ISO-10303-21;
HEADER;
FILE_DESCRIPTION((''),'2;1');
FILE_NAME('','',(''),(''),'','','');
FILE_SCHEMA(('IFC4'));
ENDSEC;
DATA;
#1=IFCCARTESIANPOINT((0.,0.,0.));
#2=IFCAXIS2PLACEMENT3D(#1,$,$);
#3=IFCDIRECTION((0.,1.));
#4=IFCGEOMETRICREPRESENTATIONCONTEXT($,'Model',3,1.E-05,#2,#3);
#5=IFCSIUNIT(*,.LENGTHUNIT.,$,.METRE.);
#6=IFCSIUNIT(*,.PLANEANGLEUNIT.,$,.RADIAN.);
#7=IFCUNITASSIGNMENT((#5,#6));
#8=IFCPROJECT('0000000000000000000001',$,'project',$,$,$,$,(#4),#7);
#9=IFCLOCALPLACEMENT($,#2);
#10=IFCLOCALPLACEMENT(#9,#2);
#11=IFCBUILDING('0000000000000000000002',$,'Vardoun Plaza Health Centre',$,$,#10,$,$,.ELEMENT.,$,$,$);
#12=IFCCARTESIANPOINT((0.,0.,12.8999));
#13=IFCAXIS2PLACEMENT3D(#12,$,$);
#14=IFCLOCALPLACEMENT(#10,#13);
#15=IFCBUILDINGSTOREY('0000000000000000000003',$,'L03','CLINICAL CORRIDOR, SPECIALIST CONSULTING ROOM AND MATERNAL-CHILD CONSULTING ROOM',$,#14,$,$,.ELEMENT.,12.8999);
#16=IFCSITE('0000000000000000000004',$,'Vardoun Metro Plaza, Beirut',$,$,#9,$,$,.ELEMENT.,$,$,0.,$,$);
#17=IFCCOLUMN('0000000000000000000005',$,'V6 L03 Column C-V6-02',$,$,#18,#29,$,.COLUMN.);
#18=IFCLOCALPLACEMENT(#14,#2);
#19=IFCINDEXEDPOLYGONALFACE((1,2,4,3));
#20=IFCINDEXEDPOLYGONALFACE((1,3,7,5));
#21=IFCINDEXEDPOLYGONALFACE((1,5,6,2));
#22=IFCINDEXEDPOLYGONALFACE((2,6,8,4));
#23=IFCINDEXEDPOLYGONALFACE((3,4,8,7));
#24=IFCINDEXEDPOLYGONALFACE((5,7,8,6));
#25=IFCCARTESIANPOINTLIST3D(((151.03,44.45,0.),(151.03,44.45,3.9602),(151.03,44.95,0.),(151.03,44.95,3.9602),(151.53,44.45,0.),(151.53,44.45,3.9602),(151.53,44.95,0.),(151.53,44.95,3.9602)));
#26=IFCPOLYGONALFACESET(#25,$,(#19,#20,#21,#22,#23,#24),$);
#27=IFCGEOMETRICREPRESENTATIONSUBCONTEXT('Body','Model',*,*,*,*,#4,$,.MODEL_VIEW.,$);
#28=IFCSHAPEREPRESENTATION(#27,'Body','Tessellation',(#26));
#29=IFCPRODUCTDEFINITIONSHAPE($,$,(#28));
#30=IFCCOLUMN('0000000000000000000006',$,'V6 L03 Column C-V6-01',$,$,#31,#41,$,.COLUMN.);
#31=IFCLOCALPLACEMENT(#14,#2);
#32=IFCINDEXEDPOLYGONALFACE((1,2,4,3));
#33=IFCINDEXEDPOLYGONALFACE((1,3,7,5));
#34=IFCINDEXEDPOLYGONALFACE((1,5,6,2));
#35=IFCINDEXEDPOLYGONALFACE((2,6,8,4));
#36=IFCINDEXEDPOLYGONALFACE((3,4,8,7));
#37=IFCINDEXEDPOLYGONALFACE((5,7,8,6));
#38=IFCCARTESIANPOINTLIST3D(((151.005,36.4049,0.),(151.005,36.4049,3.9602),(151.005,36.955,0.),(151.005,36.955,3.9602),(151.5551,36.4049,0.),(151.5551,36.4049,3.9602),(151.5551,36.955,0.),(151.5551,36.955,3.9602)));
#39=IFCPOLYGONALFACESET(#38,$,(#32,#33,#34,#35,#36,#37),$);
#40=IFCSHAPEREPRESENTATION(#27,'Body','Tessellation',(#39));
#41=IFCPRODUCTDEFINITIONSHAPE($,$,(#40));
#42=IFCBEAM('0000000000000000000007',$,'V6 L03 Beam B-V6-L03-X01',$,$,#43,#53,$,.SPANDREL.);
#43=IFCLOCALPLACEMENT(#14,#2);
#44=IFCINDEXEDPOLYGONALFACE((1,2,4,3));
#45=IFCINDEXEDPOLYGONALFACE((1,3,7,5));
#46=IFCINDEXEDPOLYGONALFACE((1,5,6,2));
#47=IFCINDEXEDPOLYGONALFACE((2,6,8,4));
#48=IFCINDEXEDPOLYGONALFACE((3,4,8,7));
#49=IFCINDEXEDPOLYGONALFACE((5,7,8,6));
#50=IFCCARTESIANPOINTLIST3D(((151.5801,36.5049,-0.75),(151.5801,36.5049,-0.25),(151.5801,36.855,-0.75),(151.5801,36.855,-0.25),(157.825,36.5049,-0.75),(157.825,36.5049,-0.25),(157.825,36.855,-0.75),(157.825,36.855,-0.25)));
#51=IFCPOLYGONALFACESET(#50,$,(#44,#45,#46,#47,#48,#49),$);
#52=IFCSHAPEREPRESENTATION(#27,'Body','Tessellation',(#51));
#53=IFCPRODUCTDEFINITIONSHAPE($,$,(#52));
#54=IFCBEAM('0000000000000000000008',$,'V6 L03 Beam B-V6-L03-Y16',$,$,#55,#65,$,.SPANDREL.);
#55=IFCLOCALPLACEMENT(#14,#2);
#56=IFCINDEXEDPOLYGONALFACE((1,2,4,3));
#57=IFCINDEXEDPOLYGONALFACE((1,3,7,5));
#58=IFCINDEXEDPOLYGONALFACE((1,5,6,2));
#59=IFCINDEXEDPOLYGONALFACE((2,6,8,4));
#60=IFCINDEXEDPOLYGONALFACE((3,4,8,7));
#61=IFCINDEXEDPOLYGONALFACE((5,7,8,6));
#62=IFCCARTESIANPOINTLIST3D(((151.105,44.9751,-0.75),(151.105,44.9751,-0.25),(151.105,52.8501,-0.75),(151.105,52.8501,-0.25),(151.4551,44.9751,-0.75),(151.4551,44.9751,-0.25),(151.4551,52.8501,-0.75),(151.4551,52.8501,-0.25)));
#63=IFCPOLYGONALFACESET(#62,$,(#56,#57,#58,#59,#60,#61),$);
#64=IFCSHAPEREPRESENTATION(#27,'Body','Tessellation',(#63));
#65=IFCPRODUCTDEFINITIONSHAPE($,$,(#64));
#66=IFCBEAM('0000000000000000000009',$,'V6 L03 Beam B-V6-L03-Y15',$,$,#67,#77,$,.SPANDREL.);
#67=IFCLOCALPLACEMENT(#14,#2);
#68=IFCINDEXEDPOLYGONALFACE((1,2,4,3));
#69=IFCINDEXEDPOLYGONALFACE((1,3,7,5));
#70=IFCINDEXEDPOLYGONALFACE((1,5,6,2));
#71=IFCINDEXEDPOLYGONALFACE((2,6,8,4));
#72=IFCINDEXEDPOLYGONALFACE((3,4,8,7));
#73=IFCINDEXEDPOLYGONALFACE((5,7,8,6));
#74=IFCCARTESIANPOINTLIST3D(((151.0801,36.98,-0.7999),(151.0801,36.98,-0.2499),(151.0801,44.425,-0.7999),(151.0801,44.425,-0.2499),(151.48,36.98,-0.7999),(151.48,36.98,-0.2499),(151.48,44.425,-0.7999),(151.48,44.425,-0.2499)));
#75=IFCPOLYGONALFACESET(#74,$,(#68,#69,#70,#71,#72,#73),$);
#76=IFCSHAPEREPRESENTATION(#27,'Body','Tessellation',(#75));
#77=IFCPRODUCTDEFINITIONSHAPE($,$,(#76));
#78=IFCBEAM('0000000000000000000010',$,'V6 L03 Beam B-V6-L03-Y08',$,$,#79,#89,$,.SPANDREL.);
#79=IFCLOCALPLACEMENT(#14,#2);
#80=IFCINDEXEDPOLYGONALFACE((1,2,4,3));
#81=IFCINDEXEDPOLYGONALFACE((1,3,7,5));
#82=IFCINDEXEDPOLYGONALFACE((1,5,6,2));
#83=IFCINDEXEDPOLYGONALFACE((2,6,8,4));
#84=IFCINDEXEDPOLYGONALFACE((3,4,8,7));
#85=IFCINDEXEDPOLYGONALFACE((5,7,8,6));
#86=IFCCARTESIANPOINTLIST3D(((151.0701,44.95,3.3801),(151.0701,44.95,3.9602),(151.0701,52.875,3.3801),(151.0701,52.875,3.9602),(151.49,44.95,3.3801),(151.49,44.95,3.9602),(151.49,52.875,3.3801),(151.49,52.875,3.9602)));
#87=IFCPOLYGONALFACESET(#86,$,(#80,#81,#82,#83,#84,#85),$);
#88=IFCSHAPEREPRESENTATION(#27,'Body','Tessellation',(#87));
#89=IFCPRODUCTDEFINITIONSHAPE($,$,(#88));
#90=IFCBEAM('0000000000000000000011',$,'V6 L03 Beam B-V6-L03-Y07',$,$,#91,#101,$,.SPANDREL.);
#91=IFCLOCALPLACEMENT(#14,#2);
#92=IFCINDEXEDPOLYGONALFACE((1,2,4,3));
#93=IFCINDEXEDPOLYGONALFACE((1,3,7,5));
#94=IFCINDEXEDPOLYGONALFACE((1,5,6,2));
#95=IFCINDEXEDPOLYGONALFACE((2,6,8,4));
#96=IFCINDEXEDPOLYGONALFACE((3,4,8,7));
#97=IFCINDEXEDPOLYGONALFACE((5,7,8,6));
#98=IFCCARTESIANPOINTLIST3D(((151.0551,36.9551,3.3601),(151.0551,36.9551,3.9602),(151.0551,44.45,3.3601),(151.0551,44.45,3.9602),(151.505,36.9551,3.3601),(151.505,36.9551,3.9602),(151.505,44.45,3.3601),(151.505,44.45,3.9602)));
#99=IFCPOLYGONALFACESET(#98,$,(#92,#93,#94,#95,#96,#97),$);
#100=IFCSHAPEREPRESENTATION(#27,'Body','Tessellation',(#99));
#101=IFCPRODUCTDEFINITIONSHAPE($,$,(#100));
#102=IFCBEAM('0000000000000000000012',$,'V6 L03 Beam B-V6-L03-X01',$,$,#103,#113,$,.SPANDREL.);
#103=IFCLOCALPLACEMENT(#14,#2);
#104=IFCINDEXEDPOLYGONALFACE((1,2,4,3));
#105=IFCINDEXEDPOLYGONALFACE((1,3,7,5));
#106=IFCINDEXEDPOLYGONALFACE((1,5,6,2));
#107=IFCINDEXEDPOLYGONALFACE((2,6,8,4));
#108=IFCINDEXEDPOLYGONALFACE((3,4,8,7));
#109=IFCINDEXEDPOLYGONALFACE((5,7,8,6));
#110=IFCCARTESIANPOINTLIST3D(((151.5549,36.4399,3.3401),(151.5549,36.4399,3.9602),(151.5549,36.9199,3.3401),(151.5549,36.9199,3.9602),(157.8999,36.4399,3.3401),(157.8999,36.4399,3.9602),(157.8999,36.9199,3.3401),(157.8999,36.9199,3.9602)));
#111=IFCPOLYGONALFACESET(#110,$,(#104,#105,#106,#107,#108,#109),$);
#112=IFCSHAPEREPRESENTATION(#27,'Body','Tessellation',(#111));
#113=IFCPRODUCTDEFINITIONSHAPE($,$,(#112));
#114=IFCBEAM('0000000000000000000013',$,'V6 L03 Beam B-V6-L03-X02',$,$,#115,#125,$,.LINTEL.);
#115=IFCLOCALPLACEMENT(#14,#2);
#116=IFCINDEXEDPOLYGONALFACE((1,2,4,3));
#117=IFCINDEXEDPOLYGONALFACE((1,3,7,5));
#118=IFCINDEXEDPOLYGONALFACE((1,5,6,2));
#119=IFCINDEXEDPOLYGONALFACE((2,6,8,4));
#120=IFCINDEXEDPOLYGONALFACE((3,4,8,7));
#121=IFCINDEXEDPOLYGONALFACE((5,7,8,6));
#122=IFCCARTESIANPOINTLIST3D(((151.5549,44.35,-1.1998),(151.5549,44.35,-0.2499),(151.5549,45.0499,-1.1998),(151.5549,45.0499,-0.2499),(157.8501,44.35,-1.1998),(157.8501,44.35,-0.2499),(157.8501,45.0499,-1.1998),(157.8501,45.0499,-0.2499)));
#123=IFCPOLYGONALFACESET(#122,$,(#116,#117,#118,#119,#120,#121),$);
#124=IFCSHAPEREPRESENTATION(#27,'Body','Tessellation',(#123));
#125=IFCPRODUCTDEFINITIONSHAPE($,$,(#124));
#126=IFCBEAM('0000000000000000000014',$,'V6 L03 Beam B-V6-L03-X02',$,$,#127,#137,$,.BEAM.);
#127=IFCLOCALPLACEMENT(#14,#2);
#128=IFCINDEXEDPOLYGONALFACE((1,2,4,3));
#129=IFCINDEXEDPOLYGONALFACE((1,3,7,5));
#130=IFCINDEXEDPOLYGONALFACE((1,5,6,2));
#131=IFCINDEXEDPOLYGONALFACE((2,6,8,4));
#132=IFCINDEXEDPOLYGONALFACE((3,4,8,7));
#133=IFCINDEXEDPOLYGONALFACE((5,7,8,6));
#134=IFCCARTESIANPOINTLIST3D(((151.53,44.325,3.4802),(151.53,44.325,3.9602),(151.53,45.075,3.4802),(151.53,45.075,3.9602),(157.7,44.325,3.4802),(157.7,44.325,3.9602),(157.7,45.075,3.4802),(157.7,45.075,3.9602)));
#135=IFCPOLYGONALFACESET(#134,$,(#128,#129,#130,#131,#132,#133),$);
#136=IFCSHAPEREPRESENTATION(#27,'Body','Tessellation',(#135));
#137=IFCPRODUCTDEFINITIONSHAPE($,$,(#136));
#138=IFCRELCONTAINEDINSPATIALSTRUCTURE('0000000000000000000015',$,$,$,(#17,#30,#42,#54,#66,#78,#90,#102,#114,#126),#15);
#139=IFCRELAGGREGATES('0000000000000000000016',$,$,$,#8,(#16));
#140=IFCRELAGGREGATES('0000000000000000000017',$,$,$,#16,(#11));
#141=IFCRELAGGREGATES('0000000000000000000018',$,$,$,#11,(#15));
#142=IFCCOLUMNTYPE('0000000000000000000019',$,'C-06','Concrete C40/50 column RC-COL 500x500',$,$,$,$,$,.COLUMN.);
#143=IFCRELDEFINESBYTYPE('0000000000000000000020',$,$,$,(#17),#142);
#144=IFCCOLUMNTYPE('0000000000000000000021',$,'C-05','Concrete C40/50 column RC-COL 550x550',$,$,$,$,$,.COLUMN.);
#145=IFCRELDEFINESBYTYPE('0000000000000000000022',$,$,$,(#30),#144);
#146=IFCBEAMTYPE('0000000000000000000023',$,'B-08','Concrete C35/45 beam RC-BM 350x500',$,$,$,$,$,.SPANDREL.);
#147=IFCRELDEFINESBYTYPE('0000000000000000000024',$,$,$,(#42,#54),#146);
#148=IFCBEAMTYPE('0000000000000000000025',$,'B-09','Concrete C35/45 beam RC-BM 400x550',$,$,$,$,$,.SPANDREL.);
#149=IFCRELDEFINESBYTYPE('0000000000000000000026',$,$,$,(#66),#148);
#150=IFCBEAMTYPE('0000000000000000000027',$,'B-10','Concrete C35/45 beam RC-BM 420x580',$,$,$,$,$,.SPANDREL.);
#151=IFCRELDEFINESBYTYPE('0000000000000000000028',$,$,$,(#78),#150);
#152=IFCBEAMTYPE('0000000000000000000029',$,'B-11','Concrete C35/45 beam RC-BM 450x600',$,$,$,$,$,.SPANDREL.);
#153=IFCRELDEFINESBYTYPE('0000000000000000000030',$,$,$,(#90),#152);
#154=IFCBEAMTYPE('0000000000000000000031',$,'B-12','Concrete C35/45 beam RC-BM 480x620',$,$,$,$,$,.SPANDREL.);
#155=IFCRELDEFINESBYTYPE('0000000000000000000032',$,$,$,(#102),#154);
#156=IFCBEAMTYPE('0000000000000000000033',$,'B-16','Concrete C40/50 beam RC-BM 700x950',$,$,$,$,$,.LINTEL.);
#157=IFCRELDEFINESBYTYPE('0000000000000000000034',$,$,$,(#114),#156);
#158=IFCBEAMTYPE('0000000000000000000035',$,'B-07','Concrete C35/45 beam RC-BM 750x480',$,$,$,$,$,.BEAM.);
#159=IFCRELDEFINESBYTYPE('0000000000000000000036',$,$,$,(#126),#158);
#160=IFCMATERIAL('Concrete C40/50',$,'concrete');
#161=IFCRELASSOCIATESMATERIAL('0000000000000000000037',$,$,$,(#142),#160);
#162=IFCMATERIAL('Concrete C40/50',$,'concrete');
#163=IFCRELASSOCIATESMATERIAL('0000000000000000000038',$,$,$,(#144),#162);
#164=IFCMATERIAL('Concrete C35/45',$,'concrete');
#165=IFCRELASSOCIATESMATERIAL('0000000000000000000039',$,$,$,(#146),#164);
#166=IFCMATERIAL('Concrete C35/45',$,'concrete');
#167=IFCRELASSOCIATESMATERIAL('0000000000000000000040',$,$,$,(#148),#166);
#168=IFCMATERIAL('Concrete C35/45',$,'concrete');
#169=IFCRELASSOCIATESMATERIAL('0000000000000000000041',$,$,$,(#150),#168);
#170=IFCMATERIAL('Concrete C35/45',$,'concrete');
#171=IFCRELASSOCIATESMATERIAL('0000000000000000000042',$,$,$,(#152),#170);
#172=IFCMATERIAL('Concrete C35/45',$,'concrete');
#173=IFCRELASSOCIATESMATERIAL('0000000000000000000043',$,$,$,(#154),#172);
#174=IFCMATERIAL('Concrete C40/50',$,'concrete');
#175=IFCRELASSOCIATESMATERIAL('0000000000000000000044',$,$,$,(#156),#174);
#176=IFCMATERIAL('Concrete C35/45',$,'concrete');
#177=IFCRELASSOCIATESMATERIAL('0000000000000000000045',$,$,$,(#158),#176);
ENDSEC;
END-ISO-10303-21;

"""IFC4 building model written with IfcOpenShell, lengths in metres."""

from ifc_helpers import new_model, si_unit, direction, frame, origin, origin_2d, place, context, subcontext, project, spatial, rectangle, extrude, material, material_profile, profile_set, type_object, element, save


model = new_model("IFC4")

# Units and contexts
model_context = context("Model", 3, precision=1e-05, world=origin(), true_north=direction((0.0, 1.0)))
body_context = subcontext(model_context, "Body", "Model", "MODEL_VIEW")
ifc_project = project(units=[si_unit("LENGTHUNIT", "METRE"), si_unit("PLANEANGLEUNIT", "RADIAN")], contexts=[model_context])

# Site, building, storey
site_placement = place(None, origin())
site = spatial("IfcSite", under=ifc_project, at=site_placement, Name="Vardoun Metro Plaza, Beirut", CompositionType="ELEMENT", RefElevation=0.0)
building_placement = place(site_placement, origin())
building = spatial("IfcBuilding", under=site, at=building_placement, Name="Vardoun Plaza Health Centre", CompositionType="ELEMENT")
storey_placement = place(building_placement, frame((0.0, 0.0, 12.8999)))
storey = spatial("IfcBuildingStorey", under=building, at=storey_placement, Name="L03", Description="CLINICAL CORRIDOR, SPECIALIST CONSULTING ROOM AND MATERNAL-CHILD CONSULTING ROOM", CompositionType="ELEMENT", Elevation=12.8999)

# Columns
ifc_material_1 = material(Name="Concrete C40/50", Category="concrete")
ifc_material_profile_1 = material_profile(ifc_material_1, rectangle(XDim=0.5, YDim=0.5, at=origin_2d()), Name="RC-COL 500x500")
ifc_profile_set_1 = profile_set([ifc_material_profile_1], Name="Concrete C40/50")
column_type_1 = type_object("IfcColumnType", Name="C-06", Description="Concrete C40/50 column RC-COL 500x500", PredefinedType="COLUMN", material=ifc_profile_set_1)
column_1_placement = place(storey_placement, frame((151.28, 44.7, 0.0), z_axis=(0.0, 0.0, 1.0), x_axis=(1.0, 0.0, 0.0)))
element("IfcColumn", 1, at=column_1_placement, inside=storey, type_object=column_type_1, Name="V6 L03 Column C-V6-02", PredefinedType="COLUMN", context=body_context, shape_type="SweptSolid", body=[
    extrude(rectangle(XDim=0.5, YDim=0.5, at=origin_2d()), origin(), (0.0, 0.0, 1.0), 3.9602),
])
ifc_material_2 = material(Name="Concrete C40/50", Category="concrete")
ifc_material_profile_2 = material_profile(ifc_material_2, rectangle(XDim=0.55, YDim=0.55, at=origin_2d()), Name="RC-COL 550x550")
ifc_profile_set_2 = profile_set([ifc_material_profile_2], Name="Concrete C40/50")
column_type_2 = type_object("IfcColumnType", Name="C-05", Description="Concrete C40/50 column RC-COL 550x550", PredefinedType="COLUMN", material=ifc_profile_set_2)
column_2_placement = place(storey_placement, frame((151.28, 36.6799, 0.0), z_axis=(0.0, 0.0, 1.0), x_axis=(1.0, 0.0, 0.0)))
element("IfcColumn", 2, at=column_2_placement, inside=storey, type_object=column_type_2, Name="V6 L03 Column C-V6-01", PredefinedType="COLUMN", context=body_context, shape_type="SweptSolid", body=[
    extrude(rectangle(XDim=0.55, YDim=0.55, at=origin_2d()), origin(), (0.0, 0.0, 1.0), 3.9602),
])

# Beams
ifc_material_3 = material(Name="Concrete C35/45", Category="concrete")
ifc_material_profile_3 = material_profile(ifc_material_3, rectangle(XDim=0.3501, YDim=0.5, at=origin_2d()), Name="RC-BM 350x500")
ifc_profile_set_3 = profile_set([ifc_material_profile_3], Name="Concrete C35/45")
beam_type_1 = type_object("IfcBeamType", Name="B-08", Description="Concrete C35/45 beam RC-BM 350x500", PredefinedType="SPANDREL", material=ifc_profile_set_3)
beam_1_placement = place(storey_placement, frame((151.5801, 36.6799, -0.5), z_axis=(1.0, 0.0, 0.0), x_axis=(0.0, 1.0, 0.0)))
element("IfcBeam", 3, at=beam_1_placement, inside=storey, type_object=beam_type_1, Name="V6 L03 Beam B-V6-L03-X01", PredefinedType="SPANDREL", context=body_context, shape_type="SweptSolid", body=[
    extrude(rectangle(XDim=0.3501, YDim=0.5, at=origin_2d()), origin(), (0.0, 0.0, 1.0), 6.2449),
])
beam_2_placement = place(storey_placement, frame((151.28, 44.9751, -0.5), z_axis=(0.0, 1.0, 0.0), x_axis=(-1.0, 0.0, 0.0)))
element("IfcBeam", 4, at=beam_2_placement, inside=storey, type_object=beam_type_1, Name="V6 L03 Beam B-V6-L03-Y16", PredefinedType="SPANDREL", context=body_context, shape_type="SweptSolid", body=[
    extrude(rectangle(XDim=0.3501, YDim=0.5, at=origin_2d()), origin(), (0.0, 0.0, 1.0), 7.875),
])
ifc_material_4 = material(Name="Concrete C35/45", Category="concrete")
ifc_material_profile_4 = material_profile(ifc_material_4, rectangle(XDim=0.3999, YDim=0.55, at=origin_2d()), Name="RC-BM 400x550")
ifc_profile_set_4 = profile_set([ifc_material_profile_4], Name="Concrete C35/45")
beam_type_2 = type_object("IfcBeamType", Name="B-09", Description="Concrete C35/45 beam RC-BM 400x550", PredefinedType="SPANDREL", material=ifc_profile_set_4)
beam_3_placement = place(storey_placement, frame((151.28, 36.98, -0.5249), z_axis=(0.0, 1.0, 0.0), x_axis=(-1.0, 0.0, 0.0)))
element("IfcBeam", 5, at=beam_3_placement, inside=storey, type_object=beam_type_2, Name="V6 L03 Beam B-V6-L03-Y15", PredefinedType="SPANDREL", context=body_context, shape_type="SweptSolid", body=[
    extrude(rectangle(XDim=0.3999, YDim=0.55, at=origin_2d()), origin(), (0.0, 0.0, 1.0), 7.4451),
])
ifc_material_5 = material(Name="Concrete C35/45", Category="concrete")
ifc_material_profile_5 = material_profile(ifc_material_5, rectangle(XDim=0.4199, YDim=0.5801, at=origin_2d()), Name="RC-BM 420x580")
ifc_profile_set_5 = profile_set([ifc_material_profile_5], Name="Concrete C35/45")
beam_type_3 = type_object("IfcBeamType", Name="B-10", Description="Concrete C35/45 beam RC-BM 420x580", PredefinedType="SPANDREL", material=ifc_profile_set_5)
beam_4_placement = place(storey_placement, frame((151.28, 44.95, 3.6702), z_axis=(0.0, 1.0, 0.0), x_axis=(-1.0, 0.0, 0.0)))
element("IfcBeam", 6, at=beam_4_placement, inside=storey, type_object=beam_type_3, Name="V6 L03 Beam B-V6-L03-Y08", PredefinedType="SPANDREL", context=body_context, shape_type="SweptSolid", body=[
    extrude(rectangle(XDim=0.4199, YDim=0.5801, at=origin_2d()), origin(), (0.0, 0.0, 1.0), 7.925),
])
ifc_material_6 = material(Name="Concrete C35/45", Category="concrete")
ifc_material_profile_6 = material_profile(ifc_material_6, rectangle(XDim=0.45, YDim=0.6001, at=origin_2d()), Name="RC-BM 450x600")
ifc_profile_set_6 = profile_set([ifc_material_profile_6], Name="Concrete C35/45")
beam_type_4 = type_object("IfcBeamType", Name="B-11", Description="Concrete C35/45 beam RC-BM 450x600", PredefinedType="SPANDREL", material=ifc_profile_set_6)
beam_5_placement = place(storey_placement, frame((151.28, 36.9551, 3.6602), z_axis=(0.0, 1.0, 0.0), x_axis=(-1.0, 0.0, 0.0)))
element("IfcBeam", 7, at=beam_5_placement, inside=storey, type_object=beam_type_4, Name="V6 L03 Beam B-V6-L03-Y07", PredefinedType="SPANDREL", context=body_context, shape_type="SweptSolid", body=[
    extrude(rectangle(XDim=0.45, YDim=0.6001, at=origin_2d()), origin(), (0.0, 0.0, 1.0), 7.4949),
])
ifc_material_7 = material(Name="Concrete C35/45", Category="concrete")
ifc_material_profile_7 = material_profile(ifc_material_7, rectangle(XDim=0.48, YDim=0.6201, at=origin_2d()), Name="RC-BM 480x620")
ifc_profile_set_7 = profile_set([ifc_material_profile_7], Name="Concrete C35/45")
beam_type_5 = type_object("IfcBeamType", Name="B-12", Description="Concrete C35/45 beam RC-BM 480x620", PredefinedType="SPANDREL", material=ifc_profile_set_7)
beam_6_placement = place(storey_placement, frame((151.5549, 36.6799, 3.6501), z_axis=(1.0, 0.0, 0.0), x_axis=(0.0, 1.0, 0.0)))
element("IfcBeam", 8, at=beam_6_placement, inside=storey, type_object=beam_type_5, Name="V6 L03 Beam B-V6-L03-X01", PredefinedType="SPANDREL", context=body_context, shape_type="SweptSolid", body=[
    extrude(rectangle(XDim=0.48, YDim=0.6201, at=origin_2d()), origin(), (0.0, 0.0, 1.0), 6.345),
])
ifc_material_8 = material(Name="Concrete C40/50", Category="concrete")
ifc_material_profile_8 = material_profile(ifc_material_8, rectangle(XDim=0.7, YDim=0.95, at=origin_2d()), Name="RC-BM 700x950")
ifc_profile_set_8 = profile_set([ifc_material_profile_8], Name="Concrete C40/50")
beam_type_6 = type_object("IfcBeamType", Name="B-16", Description="Concrete C40/50 beam RC-BM 700x950", PredefinedType="LINTEL", material=ifc_profile_set_8)
beam_7_placement = place(storey_placement, frame((151.5549, 44.7, -0.7249), z_axis=(1.0, 0.0, 0.0), x_axis=(0.0, 1.0, 0.0)))
element("IfcBeam", 9, at=beam_7_placement, inside=storey, type_object=beam_type_6, Name="V6 L03 Beam B-V6-L03-X02", PredefinedType="LINTEL", context=body_context, shape_type="SweptSolid", body=[
    extrude(rectangle(XDim=0.7, YDim=0.95, at=origin_2d()), origin(), (0.0, 0.0, 1.0), 6.2952),
])
ifc_material_9 = material(Name="Concrete C35/45", Category="concrete")
ifc_material_profile_9 = material_profile(ifc_material_9, rectangle(XDim=0.75, YDim=0.48, at=origin_2d()), Name="RC-BM 750x480")
ifc_profile_set_9 = profile_set([ifc_material_profile_9], Name="Concrete C35/45")
beam_type_7 = type_object("IfcBeamType", Name="B-07", Description="Concrete C35/45 beam RC-BM 750x480", PredefinedType="BEAM", material=ifc_profile_set_9)
beam_8_placement = place(storey_placement, frame((151.53, 44.7, 3.7202), z_axis=(1.0, 0.0, 0.0), x_axis=(0.0, 1.0, 0.0)))
element("IfcBeam", 10, at=beam_8_placement, inside=storey, type_object=beam_type_7, Name="V6 L03 Beam B-V6-L03-X02", PredefinedType="BEAM", context=body_context, shape_type="SweptSolid", body=[
    extrude(rectangle(XDim=0.75, YDim=0.48, at=origin_2d()), origin(), (0.0, 0.0, 1.0), 6.1699),
])

save(model, "model.ifc")
